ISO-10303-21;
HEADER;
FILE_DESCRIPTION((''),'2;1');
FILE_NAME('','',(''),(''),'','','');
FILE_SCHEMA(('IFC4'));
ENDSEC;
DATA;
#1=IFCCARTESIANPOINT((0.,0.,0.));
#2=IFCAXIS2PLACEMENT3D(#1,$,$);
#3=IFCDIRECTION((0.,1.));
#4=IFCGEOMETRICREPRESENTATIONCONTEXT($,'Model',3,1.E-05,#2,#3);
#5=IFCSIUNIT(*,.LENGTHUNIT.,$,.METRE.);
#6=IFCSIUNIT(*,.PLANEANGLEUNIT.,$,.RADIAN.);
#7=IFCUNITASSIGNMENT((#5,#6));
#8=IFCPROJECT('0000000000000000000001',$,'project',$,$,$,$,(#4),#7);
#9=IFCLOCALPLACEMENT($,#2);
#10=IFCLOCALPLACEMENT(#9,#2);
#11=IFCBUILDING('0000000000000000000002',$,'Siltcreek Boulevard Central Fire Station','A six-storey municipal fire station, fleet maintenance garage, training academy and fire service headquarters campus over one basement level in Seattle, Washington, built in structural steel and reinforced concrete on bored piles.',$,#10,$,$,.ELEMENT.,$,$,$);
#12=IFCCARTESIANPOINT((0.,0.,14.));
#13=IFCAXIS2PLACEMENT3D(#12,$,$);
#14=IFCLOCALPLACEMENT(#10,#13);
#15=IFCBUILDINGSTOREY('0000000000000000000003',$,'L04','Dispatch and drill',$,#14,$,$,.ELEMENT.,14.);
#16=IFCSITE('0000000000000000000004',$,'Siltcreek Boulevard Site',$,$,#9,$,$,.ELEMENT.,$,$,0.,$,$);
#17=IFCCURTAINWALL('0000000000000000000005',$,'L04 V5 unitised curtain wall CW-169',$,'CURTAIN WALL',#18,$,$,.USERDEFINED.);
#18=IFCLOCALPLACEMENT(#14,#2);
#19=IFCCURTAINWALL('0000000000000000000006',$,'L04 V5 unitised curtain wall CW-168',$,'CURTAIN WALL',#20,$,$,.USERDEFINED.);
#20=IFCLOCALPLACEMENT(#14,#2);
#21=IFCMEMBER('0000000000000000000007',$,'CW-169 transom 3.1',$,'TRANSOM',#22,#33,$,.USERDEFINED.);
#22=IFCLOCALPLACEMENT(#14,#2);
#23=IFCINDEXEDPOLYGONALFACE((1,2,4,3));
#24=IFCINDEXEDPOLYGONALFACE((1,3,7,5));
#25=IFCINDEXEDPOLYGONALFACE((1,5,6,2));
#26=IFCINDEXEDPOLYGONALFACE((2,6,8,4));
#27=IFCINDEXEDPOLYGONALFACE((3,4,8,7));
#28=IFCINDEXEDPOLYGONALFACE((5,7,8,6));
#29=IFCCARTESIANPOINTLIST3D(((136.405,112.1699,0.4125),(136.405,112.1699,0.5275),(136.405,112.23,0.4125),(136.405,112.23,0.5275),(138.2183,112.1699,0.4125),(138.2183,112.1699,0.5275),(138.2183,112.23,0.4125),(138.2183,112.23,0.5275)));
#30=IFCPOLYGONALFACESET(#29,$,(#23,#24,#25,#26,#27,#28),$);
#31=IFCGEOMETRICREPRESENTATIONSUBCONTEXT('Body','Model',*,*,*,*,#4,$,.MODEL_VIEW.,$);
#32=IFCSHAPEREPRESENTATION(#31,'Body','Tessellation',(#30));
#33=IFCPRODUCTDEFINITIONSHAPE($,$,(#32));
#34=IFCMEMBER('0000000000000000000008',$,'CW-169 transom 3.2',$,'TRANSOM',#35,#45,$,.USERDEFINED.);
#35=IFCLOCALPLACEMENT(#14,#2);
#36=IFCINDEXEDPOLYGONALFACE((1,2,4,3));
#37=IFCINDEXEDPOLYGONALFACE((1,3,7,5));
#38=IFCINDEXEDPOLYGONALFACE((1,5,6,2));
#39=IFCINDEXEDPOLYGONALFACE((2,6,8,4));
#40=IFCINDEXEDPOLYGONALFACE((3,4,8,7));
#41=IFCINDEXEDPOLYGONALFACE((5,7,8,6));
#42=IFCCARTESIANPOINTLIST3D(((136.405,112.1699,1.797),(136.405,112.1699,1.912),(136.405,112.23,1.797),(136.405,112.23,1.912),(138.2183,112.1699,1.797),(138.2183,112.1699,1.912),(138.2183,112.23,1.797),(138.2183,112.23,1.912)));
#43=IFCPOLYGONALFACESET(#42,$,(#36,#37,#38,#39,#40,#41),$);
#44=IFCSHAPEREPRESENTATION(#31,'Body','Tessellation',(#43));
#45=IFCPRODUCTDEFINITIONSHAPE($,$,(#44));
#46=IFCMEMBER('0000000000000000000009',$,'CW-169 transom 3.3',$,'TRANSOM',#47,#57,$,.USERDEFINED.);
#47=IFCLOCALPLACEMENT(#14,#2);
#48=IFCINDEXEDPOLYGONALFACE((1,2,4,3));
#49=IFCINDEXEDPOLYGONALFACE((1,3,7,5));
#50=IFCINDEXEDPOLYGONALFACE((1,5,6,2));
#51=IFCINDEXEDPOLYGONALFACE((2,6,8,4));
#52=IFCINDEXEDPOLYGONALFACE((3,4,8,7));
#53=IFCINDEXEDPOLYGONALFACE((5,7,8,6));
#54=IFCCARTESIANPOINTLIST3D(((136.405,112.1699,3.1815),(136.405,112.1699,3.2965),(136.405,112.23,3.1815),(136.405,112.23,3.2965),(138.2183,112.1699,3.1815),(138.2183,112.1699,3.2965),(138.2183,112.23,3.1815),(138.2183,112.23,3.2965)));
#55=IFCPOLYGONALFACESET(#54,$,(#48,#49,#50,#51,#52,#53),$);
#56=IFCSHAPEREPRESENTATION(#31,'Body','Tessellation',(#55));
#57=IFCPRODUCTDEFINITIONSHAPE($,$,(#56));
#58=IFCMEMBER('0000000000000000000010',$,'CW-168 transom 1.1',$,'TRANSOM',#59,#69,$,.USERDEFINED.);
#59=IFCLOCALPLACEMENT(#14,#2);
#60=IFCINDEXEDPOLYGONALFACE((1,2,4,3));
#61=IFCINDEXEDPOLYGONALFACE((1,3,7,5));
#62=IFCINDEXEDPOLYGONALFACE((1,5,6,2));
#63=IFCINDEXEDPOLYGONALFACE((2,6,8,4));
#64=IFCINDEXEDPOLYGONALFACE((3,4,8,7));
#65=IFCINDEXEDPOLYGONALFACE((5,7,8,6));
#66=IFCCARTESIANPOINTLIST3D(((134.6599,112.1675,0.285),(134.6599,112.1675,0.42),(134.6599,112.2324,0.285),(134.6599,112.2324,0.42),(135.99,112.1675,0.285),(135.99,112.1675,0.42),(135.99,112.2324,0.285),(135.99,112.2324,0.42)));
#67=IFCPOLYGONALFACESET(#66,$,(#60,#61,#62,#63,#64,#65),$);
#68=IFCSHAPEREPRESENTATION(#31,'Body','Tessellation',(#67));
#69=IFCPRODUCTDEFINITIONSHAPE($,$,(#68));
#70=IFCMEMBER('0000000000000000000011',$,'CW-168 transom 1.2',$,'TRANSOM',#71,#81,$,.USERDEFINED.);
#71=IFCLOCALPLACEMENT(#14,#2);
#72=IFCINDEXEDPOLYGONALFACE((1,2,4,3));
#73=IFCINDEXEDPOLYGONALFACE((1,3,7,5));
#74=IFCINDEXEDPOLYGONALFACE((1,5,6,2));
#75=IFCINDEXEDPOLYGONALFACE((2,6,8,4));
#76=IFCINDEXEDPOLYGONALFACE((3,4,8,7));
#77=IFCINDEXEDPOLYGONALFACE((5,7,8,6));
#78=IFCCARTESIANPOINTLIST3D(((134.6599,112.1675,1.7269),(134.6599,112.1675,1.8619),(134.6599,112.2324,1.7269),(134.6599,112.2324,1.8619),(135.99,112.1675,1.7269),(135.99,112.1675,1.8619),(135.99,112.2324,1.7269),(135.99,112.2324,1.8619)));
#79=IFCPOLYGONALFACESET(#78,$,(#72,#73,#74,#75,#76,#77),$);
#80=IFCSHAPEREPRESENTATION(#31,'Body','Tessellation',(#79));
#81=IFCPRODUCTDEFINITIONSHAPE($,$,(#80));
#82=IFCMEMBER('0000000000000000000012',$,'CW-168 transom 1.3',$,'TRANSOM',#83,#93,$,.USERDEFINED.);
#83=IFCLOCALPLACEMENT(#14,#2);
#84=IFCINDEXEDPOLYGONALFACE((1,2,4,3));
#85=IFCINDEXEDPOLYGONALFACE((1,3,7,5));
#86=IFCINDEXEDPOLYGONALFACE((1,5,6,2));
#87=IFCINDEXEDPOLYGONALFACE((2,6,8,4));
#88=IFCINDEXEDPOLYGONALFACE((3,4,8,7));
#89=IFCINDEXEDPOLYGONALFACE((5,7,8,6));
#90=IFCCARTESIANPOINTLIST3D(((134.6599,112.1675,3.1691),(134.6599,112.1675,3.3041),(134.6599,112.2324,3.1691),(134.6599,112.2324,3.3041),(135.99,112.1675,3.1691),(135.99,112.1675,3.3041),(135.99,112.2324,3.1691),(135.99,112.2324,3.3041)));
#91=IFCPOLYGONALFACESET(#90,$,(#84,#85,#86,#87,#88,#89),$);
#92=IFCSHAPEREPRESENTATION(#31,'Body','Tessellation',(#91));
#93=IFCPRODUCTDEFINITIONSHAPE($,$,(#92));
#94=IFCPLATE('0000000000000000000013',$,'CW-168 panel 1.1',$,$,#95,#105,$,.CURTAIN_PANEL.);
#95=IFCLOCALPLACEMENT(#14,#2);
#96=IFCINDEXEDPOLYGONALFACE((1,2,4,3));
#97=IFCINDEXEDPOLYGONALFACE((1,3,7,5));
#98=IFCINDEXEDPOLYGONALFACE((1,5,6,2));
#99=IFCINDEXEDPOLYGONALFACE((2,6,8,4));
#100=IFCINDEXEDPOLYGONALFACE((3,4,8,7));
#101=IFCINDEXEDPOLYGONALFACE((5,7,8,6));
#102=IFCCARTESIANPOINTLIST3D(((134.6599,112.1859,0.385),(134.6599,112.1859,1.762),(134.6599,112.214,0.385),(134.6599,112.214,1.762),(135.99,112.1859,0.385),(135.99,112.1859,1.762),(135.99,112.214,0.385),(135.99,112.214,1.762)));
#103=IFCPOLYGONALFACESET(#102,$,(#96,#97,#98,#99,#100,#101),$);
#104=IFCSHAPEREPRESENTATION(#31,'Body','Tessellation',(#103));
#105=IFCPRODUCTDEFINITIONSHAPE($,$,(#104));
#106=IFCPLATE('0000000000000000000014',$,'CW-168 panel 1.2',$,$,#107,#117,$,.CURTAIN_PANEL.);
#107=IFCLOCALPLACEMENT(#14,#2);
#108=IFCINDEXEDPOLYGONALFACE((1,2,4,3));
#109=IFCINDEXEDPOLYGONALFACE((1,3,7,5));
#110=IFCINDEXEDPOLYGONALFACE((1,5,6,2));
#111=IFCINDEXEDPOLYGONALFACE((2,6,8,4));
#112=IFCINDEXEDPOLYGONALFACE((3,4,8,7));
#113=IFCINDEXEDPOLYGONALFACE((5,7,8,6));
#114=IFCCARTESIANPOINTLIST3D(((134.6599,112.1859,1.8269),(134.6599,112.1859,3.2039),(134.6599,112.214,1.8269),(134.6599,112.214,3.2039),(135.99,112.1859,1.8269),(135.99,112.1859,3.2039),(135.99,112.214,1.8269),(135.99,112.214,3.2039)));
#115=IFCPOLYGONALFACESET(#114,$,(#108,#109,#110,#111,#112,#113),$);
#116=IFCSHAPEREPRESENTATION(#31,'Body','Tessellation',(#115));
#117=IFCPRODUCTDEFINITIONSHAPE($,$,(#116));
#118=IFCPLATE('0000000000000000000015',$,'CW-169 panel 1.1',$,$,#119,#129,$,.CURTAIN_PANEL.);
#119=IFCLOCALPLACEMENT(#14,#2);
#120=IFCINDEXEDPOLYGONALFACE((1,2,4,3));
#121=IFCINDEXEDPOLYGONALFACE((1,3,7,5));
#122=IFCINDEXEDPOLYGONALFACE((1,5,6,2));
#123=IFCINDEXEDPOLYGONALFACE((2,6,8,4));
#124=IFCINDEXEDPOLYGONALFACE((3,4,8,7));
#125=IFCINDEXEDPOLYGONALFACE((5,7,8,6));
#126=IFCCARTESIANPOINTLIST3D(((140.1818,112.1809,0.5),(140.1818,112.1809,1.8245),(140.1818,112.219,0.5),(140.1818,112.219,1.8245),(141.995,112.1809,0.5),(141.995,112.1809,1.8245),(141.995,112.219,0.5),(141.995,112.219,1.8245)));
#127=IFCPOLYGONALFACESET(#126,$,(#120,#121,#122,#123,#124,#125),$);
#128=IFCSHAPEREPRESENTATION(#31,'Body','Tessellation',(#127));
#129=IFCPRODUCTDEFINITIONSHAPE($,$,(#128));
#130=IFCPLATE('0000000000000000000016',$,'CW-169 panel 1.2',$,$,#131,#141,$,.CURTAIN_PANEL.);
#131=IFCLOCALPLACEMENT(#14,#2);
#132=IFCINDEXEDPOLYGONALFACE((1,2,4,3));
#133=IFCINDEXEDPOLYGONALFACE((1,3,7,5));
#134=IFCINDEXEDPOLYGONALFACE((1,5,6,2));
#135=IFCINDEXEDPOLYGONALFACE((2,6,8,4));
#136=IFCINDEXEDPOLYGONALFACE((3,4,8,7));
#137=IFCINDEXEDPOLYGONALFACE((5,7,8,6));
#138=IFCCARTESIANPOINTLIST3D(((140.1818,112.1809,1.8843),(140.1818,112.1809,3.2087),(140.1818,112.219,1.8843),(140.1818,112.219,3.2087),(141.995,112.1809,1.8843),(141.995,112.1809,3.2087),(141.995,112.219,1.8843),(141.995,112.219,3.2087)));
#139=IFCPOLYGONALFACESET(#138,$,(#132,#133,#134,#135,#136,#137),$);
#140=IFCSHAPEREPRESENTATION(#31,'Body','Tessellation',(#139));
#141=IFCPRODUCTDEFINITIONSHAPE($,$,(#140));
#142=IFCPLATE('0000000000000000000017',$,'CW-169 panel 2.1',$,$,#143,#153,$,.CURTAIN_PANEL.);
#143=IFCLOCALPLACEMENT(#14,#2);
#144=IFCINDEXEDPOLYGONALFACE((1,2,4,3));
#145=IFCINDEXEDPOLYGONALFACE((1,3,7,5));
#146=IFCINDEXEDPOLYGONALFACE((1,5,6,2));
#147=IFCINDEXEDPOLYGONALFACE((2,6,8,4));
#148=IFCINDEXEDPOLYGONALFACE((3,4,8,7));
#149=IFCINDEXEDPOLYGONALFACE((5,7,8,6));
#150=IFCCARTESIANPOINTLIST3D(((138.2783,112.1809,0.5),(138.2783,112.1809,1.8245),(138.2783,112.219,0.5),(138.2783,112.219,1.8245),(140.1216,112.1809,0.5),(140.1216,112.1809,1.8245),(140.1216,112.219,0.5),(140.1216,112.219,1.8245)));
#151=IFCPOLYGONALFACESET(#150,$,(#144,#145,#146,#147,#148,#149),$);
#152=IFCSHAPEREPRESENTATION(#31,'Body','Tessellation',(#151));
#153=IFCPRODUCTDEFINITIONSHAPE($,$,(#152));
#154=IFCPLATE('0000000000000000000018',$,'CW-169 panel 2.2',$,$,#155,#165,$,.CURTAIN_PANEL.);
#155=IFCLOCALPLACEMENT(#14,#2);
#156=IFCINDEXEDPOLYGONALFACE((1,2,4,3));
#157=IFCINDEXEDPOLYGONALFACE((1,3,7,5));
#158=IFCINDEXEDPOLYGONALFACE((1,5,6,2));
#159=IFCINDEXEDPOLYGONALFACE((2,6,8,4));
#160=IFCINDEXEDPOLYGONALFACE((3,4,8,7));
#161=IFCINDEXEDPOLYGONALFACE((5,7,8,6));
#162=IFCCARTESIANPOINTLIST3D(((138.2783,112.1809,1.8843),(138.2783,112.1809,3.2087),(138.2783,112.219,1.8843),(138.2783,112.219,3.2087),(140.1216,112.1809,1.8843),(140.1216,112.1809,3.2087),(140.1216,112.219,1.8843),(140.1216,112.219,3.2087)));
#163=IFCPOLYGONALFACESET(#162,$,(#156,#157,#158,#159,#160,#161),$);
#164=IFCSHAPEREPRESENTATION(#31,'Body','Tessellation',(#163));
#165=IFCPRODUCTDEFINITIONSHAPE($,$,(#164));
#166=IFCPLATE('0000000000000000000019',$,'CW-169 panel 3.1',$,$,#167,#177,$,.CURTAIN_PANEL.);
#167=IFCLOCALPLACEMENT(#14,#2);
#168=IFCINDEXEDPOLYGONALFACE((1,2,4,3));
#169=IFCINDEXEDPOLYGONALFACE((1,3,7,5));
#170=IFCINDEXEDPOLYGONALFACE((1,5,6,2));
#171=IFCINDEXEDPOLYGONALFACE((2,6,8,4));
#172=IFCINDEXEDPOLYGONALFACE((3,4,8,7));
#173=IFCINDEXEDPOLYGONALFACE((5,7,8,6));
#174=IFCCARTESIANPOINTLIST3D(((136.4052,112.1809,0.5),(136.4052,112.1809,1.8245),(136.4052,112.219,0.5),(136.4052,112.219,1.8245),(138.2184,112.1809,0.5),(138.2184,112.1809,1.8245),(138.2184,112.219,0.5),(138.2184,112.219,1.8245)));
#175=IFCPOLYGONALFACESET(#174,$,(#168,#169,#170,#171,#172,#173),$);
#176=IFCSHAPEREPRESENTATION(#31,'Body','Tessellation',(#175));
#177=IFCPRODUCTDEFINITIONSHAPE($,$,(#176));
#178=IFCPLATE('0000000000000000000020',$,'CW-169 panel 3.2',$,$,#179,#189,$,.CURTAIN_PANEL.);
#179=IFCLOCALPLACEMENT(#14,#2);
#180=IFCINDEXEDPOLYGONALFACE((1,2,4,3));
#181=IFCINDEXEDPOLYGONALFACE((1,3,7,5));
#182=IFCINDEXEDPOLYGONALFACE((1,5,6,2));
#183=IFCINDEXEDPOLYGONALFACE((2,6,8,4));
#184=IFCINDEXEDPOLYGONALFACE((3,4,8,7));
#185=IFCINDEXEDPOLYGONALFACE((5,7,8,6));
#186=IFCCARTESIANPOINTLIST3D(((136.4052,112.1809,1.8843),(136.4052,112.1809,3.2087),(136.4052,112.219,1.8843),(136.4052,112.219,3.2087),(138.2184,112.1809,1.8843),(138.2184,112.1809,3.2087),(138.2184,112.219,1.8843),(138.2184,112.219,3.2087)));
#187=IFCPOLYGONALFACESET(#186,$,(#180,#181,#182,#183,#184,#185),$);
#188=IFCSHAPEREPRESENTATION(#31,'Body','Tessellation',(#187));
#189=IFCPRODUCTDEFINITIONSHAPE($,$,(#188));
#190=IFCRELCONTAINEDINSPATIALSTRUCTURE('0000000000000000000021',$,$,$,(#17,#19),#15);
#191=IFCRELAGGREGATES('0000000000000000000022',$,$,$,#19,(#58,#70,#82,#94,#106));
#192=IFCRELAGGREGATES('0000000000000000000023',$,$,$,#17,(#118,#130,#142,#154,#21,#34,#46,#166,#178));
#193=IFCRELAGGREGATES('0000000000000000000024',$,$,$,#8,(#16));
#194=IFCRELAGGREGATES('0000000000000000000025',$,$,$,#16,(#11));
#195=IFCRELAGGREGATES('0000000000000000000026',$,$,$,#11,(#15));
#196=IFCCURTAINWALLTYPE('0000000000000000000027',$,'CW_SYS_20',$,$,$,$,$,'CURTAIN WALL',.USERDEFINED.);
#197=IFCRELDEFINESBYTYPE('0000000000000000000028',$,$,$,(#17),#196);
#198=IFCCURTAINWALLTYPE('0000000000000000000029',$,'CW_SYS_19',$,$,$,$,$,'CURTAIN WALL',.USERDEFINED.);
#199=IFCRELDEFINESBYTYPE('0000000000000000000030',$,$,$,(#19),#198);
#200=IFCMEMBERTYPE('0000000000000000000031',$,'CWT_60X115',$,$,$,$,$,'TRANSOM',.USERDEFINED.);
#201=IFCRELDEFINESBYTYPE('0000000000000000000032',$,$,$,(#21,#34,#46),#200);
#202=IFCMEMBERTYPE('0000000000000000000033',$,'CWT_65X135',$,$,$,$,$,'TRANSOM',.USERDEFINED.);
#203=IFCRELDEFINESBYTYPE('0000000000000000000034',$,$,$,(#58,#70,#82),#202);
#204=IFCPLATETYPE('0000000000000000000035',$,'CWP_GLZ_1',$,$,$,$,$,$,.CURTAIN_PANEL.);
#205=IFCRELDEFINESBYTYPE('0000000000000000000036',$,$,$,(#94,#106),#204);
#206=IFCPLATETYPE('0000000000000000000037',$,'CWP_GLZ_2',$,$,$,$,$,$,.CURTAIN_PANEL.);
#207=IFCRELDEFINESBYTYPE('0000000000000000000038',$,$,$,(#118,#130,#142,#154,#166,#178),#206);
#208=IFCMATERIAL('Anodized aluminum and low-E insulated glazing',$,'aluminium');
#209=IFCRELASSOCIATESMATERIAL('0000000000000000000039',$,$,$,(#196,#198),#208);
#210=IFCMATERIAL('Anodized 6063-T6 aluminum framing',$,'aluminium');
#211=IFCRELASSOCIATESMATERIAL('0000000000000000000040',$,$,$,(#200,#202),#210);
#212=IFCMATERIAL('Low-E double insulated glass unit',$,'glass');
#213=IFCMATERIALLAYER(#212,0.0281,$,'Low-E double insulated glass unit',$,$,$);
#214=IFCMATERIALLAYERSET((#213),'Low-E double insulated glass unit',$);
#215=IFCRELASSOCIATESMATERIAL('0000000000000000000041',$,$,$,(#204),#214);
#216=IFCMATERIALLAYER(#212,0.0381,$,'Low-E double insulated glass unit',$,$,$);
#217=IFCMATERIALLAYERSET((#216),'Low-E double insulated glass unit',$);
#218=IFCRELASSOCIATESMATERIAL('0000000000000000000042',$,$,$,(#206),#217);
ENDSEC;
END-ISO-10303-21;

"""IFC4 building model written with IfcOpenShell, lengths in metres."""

from ifc_helpers import new_model, si_unit, direction, frame, origin, origin_2d, place, context, subcontext, project, spatial, rectangle, extrude, material, layer, layer_set, material_profile, profile_set, type_object, element, aggregate, save


model = new_model("IFC4")

# Units and contexts
model_context = context("Model", 3, precision=1e-05, world=origin(), true_north=direction((0.0, 1.0)))
body_context = subcontext(model_context, "Body", "Model", "MODEL_VIEW")
ifc_project = project(units=[si_unit("LENGTHUNIT", "METRE"), si_unit("PLANEANGLEUNIT", "RADIAN")], contexts=[model_context])

# Site, building, storey
site_placement = place(None, origin())
site = spatial("IfcSite", under=ifc_project, at=site_placement, Name="Siltcreek Boulevard Site", CompositionType="ELEMENT", RefElevation=0.0)
building_placement = place(site_placement, origin())
building = spatial("IfcBuilding", under=site, at=building_placement, Name="Siltcreek Boulevard Central Fire Station", Description="A six-storey municipal fire station, fleet maintenance garage, training academy and fire service headquarters campus over one basement level in Seattle, Washington, built in structural steel and reinforced concrete on bored piles.", CompositionType="ELEMENT")
storey_placement = place(building_placement, frame((0.0, 0.0, 14.0)))
storey = spatial("IfcBuildingStorey", under=building, at=storey_placement, Name="L04", Description="Dispatch and drill", CompositionType="ELEMENT", Elevation=14.0)

# Curtain wall
ifc_material_1 = material(Name="Anodized aluminum and low-E insulated glazing", Category="aluminium")
curtain_wall_type_1 = type_object("IfcCurtainWallType", Name="CW_SYS_20", ElementType="CURTAIN WALL", PredefinedType="USERDEFINED", material=ifc_material_1)
curtain_wall_1_placement = place(storey_placement, origin())
curtain_wall_1 = element("IfcCurtainWall", 1, at=curtain_wall_1_placement, inside=storey, type_object=curtain_wall_type_1, Name="L04 V5 unitised curtain wall CW-169", ObjectType="CURTAIN WALL", PredefinedType="USERDEFINED")
ifc_material_2 = material(Name="Anodized 6063-T6 aluminum framing", Category="aluminium")

# Curtain wall
curtain_wall_type_2 = type_object("IfcCurtainWallType", Name="CW_SYS_19", ElementType="CURTAIN WALL", PredefinedType="USERDEFINED", material=ifc_material_1)
curtain_wall_2_placement = place(storey_placement, origin())
curtain_wall_2 = element("IfcCurtainWall", 2, at=curtain_wall_2_placement, inside=storey, type_object=curtain_wall_type_2, Name="L04 V5 unitised curtain wall CW-168", ObjectType="CURTAIN WALL", PredefinedType="USERDEFINED")

# Members
ifc_material_profile_1 = material_profile(ifc_material_2, rectangle(XDim=0.0601, YDim=0.115, at=origin_2d()), Name="TRAN60X115")
ifc_profile_set_1 = profile_set([ifc_material_profile_1], Name="Anodized 6063-T6 aluminum framing")
member_type_1 = type_object("IfcMemberType", Name="CWT_60X115", ElementType="TRANSOM", PredefinedType="USERDEFINED", material=ifc_profile_set_1)
member_1_placement = place(storey_placement, frame((138.2183, 112.2, 0.47), z_axis=(-1.0, 0.0, 0.0), x_axis=(0.0, -1.0, 0.0)))
member_1 = element("IfcMember", 3, at=member_1_placement, type_object=member_type_1, Name="CW-169 transom 3.1", ObjectType="TRANSOM", PredefinedType="USERDEFINED", context=body_context, shape_type="SweptSolid", body=[
    extrude(rectangle(XDim=0.0601, YDim=0.115, at=origin_2d()), origin(), (0.0, 0.0, 1.0), 1.8132),
])
member_2_placement = place(storey_placement, frame((138.2183, 112.2, 1.8545), z_axis=(-1.0, 0.0, 0.0), x_axis=(0.0, -1.0, 0.0)))
member_2 = element("IfcMember", 4, at=member_2_placement, type_object=member_type_1, Name="CW-169 transom 3.2", ObjectType="TRANSOM", PredefinedType="USERDEFINED", context=body_context, shape_type="SweptSolid", body=[
    extrude(rectangle(XDim=0.0601, YDim=0.115, at=origin_2d()), origin(), (0.0, 0.0, 1.0), 1.8132),
])
member_3_placement = place(storey_placement, frame((138.2183, 112.2, 3.239), z_axis=(-1.0, 0.0, 0.0), x_axis=(0.0, -1.0, 0.0)))
member_3 = element("IfcMember", 5, at=member_3_placement, type_object=member_type_1, Name="CW-169 transom 3.3", ObjectType="TRANSOM", PredefinedType="USERDEFINED", context=body_context, shape_type="SweptSolid", body=[
    extrude(rectangle(XDim=0.0601, YDim=0.115, at=origin_2d()), origin(), (0.0, 0.0, 1.0), 1.8132),
])
ifc_material_profile_2 = material_profile(ifc_material_2, rectangle(XDim=0.0649, YDim=0.135, at=origin_2d()), Name="TRAN65X135")
ifc_profile_set_2 = profile_set([ifc_material_profile_2], Name="Anodized 6063-T6 aluminum framing")
member_type_2 = type_object("IfcMemberType", Name="CWT_65X135", ElementType="TRANSOM", PredefinedType="USERDEFINED", material=ifc_profile_set_2)
member_4_placement = place(storey_placement, frame((135.99, 112.2, 0.3525), z_axis=(-1.0, 0.0, 0.0), x_axis=(0.0, -1.0, 0.0)))
member_4 = element("IfcMember", 6, at=member_4_placement, type_object=member_type_2, Name="CW-168 transom 1.1", ObjectType="TRANSOM", PredefinedType="USERDEFINED", context=body_context, shape_type="SweptSolid", body=[
    extrude(rectangle(XDim=0.0649, YDim=0.135, at=origin_2d()), origin(), (0.0, 0.0, 1.0), 1.3301),
])
member_5_placement = place(storey_placement, frame((135.99, 112.2, 1.7944), z_axis=(-1.0, 0.0, 0.0), x_axis=(0.0, -1.0, 0.0)))
member_5 = element("IfcMember", 7, at=member_5_placement, type_object=member_type_2, Name="CW-168 transom 1.2", ObjectType="TRANSOM", PredefinedType="USERDEFINED", context=body_context, shape_type="SweptSolid", body=[
    extrude(rectangle(XDim=0.0649, YDim=0.135, at=origin_2d()), origin(), (0.0, 0.0, 1.0), 1.3301),
])
member_6_placement = place(storey_placement, frame((135.99, 112.2, 3.2366), z_axis=(-1.0, 0.0, 0.0), x_axis=(0.0, -1.0, 0.0)))
member_6 = element("IfcMember", 8, at=member_6_placement, type_object=member_type_2, Name="CW-168 transom 1.3", ObjectType="TRANSOM", PredefinedType="USERDEFINED", context=body_context, shape_type="SweptSolid", body=[
    extrude(rectangle(XDim=0.0649, YDim=0.135, at=origin_2d()), origin(), (0.0, 0.0, 1.0), 1.3301),
])

# Plates
ifc_material_3 = material(Name="Low-E double insulated glass unit", Category="glass")
ifc_layer_1 = layer(ifc_material_3, 0.0281, Name="Low-E double insulated glass unit")
ifc_layer_set_1 = layer_set([ifc_layer_1], Name="Low-E double insulated glass unit")
plate_type_1 = type_object("IfcPlateType", Name="CWP_GLZ_1", PredefinedType="CURTAIN_PANEL", material=ifc_layer_set_1)
plate_1_placement = place(storey_placement, frame((135.325, 112.2, 0.385), z_axis=(0.0, 0.0, 1.0), x_axis=(-1.0, 0.0, 0.0)))
plate_1 = element("IfcPlate", 9, at=plate_1_placement, type_object=plate_type_1, Name="CW-168 panel 1.1", PredefinedType="CURTAIN_PANEL", context=body_context, shape_type="SweptSolid", body=[
    extrude(rectangle(XDim=1.3301, YDim=0.0281, at=origin_2d()), origin(), (0.0, 0.0, 1.0), 1.377),
])
plate_2_placement = place(storey_placement, frame((135.325, 112.2, 1.8269), z_axis=(0.0, 0.0, 1.0), x_axis=(-1.0, 0.0, 0.0)))
plate_2 = element("IfcPlate", 10, at=plate_2_placement, type_object=plate_type_1, Name="CW-168 panel 1.2", PredefinedType="CURTAIN_PANEL", context=body_context, shape_type="SweptSolid", body=[
    extrude(rectangle(XDim=1.3301, YDim=0.0281, at=origin_2d()), origin(), (0.0, 0.0, 1.0), 1.377),
])
aggregate(curtain_wall_2, [member_4, member_5, member_6, plate_1, plate_2])
ifc_layer_2 = layer(ifc_material_3, 0.0381, Name="Low-E double insulated glass unit")
ifc_layer_set_2 = layer_set([ifc_layer_2], Name="Low-E double insulated glass unit")
plate_type_2 = type_object("IfcPlateType", Name="CWP_GLZ_2", PredefinedType="CURTAIN_PANEL", material=ifc_layer_set_2)
plate_3_placement = place(storey_placement, frame((141.0884, 112.2, 0.5), z_axis=(0.0, 0.0, 1.0), x_axis=(-1.0, 0.0, 0.0)))
plate_3 = element("IfcPlate", 11, at=plate_3_placement, type_object=plate_type_2, Name="CW-169 panel 1.1", PredefinedType="CURTAIN_PANEL", context=body_context, shape_type="SweptSolid", body=[
    extrude(rectangle(XDim=1.8132, YDim=0.0381, at=origin_2d()), origin(), (0.0, 0.0, 1.0), 1.3245),
])
plate_4_placement = place(storey_placement, frame((141.0884, 112.2, 1.8843), z_axis=(0.0, 0.0, 1.0), x_axis=(-1.0, 0.0, 0.0)))
plate_4 = element("IfcPlate", 12, at=plate_4_placement, type_object=plate_type_2, Name="CW-169 panel 1.2", PredefinedType="CURTAIN_PANEL", context=body_context, shape_type="SweptSolid", body=[
    extrude(rectangle(XDim=1.8132, YDim=0.0381, at=origin_2d()), origin(), (0.0, 0.0, 1.0), 1.3245),
])
plate_5_placement = place(storey_placement, frame((139.2, 112.2, 0.5), z_axis=(0.0, 0.0, 1.0), x_axis=(-1.0, 0.0, 0.0)))
plate_5 = element("IfcPlate", 13, at=plate_5_placement, type_object=plate_type_2, Name="CW-169 panel 2.1", PredefinedType="CURTAIN_PANEL", context=body_context, shape_type="SweptSolid", body=[
    extrude(rectangle(XDim=1.8433, YDim=0.0381, at=origin_2d()), origin(), (0.0, 0.0, 1.0), 1.3245),
])
plate_6_placement = place(storey_placement, frame((139.2, 112.2, 1.8843), z_axis=(0.0, 0.0, 1.0), x_axis=(-1.0, 0.0, 0.0)))
plate_6 = element("IfcPlate", 14, at=plate_6_placement, type_object=plate_type_2, Name="CW-169 panel 2.2", PredefinedType="CURTAIN_PANEL", context=body_context, shape_type="SweptSolid", body=[
    extrude(rectangle(XDim=1.8433, YDim=0.0381, at=origin_2d()), origin(), (0.0, 0.0, 1.0), 1.3245),
])
plate_7_placement = place(storey_placement, frame((137.3118, 112.2, 0.5), z_axis=(0.0, 0.0, 1.0), x_axis=(-1.0, 0.0, 0.0)))
plate_7 = element("IfcPlate", 15, at=plate_7_placement, type_object=plate_type_2, Name="CW-169 panel 3.1", PredefinedType="CURTAIN_PANEL", context=body_context, shape_type="SweptSolid", body=[
    extrude(rectangle(XDim=1.8132, YDim=0.0381, at=origin_2d()), origin(), (0.0, 0.0, 1.0), 1.3245),
])
plate_8_placement = place(storey_placement, frame((137.3118, 112.2, 1.8843), z_axis=(0.0, 0.0, 1.0), x_axis=(-1.0, 0.0, 0.0)))
plate_8 = element("IfcPlate", 16, at=plate_8_placement, type_object=plate_type_2, Name="CW-169 panel 3.2", PredefinedType="CURTAIN_PANEL", context=body_context, shape_type="SweptSolid", body=[
    extrude(rectangle(XDim=1.8132, YDim=0.0381, at=origin_2d()), origin(), (0.0, 0.0, 1.0), 1.3245),
])
aggregate(curtain_wall_1, [plate_3, plate_4, plate_5, plate_6, member_1, member_2, member_3, plate_7, plate_8])

save(model, "model.ifc")
